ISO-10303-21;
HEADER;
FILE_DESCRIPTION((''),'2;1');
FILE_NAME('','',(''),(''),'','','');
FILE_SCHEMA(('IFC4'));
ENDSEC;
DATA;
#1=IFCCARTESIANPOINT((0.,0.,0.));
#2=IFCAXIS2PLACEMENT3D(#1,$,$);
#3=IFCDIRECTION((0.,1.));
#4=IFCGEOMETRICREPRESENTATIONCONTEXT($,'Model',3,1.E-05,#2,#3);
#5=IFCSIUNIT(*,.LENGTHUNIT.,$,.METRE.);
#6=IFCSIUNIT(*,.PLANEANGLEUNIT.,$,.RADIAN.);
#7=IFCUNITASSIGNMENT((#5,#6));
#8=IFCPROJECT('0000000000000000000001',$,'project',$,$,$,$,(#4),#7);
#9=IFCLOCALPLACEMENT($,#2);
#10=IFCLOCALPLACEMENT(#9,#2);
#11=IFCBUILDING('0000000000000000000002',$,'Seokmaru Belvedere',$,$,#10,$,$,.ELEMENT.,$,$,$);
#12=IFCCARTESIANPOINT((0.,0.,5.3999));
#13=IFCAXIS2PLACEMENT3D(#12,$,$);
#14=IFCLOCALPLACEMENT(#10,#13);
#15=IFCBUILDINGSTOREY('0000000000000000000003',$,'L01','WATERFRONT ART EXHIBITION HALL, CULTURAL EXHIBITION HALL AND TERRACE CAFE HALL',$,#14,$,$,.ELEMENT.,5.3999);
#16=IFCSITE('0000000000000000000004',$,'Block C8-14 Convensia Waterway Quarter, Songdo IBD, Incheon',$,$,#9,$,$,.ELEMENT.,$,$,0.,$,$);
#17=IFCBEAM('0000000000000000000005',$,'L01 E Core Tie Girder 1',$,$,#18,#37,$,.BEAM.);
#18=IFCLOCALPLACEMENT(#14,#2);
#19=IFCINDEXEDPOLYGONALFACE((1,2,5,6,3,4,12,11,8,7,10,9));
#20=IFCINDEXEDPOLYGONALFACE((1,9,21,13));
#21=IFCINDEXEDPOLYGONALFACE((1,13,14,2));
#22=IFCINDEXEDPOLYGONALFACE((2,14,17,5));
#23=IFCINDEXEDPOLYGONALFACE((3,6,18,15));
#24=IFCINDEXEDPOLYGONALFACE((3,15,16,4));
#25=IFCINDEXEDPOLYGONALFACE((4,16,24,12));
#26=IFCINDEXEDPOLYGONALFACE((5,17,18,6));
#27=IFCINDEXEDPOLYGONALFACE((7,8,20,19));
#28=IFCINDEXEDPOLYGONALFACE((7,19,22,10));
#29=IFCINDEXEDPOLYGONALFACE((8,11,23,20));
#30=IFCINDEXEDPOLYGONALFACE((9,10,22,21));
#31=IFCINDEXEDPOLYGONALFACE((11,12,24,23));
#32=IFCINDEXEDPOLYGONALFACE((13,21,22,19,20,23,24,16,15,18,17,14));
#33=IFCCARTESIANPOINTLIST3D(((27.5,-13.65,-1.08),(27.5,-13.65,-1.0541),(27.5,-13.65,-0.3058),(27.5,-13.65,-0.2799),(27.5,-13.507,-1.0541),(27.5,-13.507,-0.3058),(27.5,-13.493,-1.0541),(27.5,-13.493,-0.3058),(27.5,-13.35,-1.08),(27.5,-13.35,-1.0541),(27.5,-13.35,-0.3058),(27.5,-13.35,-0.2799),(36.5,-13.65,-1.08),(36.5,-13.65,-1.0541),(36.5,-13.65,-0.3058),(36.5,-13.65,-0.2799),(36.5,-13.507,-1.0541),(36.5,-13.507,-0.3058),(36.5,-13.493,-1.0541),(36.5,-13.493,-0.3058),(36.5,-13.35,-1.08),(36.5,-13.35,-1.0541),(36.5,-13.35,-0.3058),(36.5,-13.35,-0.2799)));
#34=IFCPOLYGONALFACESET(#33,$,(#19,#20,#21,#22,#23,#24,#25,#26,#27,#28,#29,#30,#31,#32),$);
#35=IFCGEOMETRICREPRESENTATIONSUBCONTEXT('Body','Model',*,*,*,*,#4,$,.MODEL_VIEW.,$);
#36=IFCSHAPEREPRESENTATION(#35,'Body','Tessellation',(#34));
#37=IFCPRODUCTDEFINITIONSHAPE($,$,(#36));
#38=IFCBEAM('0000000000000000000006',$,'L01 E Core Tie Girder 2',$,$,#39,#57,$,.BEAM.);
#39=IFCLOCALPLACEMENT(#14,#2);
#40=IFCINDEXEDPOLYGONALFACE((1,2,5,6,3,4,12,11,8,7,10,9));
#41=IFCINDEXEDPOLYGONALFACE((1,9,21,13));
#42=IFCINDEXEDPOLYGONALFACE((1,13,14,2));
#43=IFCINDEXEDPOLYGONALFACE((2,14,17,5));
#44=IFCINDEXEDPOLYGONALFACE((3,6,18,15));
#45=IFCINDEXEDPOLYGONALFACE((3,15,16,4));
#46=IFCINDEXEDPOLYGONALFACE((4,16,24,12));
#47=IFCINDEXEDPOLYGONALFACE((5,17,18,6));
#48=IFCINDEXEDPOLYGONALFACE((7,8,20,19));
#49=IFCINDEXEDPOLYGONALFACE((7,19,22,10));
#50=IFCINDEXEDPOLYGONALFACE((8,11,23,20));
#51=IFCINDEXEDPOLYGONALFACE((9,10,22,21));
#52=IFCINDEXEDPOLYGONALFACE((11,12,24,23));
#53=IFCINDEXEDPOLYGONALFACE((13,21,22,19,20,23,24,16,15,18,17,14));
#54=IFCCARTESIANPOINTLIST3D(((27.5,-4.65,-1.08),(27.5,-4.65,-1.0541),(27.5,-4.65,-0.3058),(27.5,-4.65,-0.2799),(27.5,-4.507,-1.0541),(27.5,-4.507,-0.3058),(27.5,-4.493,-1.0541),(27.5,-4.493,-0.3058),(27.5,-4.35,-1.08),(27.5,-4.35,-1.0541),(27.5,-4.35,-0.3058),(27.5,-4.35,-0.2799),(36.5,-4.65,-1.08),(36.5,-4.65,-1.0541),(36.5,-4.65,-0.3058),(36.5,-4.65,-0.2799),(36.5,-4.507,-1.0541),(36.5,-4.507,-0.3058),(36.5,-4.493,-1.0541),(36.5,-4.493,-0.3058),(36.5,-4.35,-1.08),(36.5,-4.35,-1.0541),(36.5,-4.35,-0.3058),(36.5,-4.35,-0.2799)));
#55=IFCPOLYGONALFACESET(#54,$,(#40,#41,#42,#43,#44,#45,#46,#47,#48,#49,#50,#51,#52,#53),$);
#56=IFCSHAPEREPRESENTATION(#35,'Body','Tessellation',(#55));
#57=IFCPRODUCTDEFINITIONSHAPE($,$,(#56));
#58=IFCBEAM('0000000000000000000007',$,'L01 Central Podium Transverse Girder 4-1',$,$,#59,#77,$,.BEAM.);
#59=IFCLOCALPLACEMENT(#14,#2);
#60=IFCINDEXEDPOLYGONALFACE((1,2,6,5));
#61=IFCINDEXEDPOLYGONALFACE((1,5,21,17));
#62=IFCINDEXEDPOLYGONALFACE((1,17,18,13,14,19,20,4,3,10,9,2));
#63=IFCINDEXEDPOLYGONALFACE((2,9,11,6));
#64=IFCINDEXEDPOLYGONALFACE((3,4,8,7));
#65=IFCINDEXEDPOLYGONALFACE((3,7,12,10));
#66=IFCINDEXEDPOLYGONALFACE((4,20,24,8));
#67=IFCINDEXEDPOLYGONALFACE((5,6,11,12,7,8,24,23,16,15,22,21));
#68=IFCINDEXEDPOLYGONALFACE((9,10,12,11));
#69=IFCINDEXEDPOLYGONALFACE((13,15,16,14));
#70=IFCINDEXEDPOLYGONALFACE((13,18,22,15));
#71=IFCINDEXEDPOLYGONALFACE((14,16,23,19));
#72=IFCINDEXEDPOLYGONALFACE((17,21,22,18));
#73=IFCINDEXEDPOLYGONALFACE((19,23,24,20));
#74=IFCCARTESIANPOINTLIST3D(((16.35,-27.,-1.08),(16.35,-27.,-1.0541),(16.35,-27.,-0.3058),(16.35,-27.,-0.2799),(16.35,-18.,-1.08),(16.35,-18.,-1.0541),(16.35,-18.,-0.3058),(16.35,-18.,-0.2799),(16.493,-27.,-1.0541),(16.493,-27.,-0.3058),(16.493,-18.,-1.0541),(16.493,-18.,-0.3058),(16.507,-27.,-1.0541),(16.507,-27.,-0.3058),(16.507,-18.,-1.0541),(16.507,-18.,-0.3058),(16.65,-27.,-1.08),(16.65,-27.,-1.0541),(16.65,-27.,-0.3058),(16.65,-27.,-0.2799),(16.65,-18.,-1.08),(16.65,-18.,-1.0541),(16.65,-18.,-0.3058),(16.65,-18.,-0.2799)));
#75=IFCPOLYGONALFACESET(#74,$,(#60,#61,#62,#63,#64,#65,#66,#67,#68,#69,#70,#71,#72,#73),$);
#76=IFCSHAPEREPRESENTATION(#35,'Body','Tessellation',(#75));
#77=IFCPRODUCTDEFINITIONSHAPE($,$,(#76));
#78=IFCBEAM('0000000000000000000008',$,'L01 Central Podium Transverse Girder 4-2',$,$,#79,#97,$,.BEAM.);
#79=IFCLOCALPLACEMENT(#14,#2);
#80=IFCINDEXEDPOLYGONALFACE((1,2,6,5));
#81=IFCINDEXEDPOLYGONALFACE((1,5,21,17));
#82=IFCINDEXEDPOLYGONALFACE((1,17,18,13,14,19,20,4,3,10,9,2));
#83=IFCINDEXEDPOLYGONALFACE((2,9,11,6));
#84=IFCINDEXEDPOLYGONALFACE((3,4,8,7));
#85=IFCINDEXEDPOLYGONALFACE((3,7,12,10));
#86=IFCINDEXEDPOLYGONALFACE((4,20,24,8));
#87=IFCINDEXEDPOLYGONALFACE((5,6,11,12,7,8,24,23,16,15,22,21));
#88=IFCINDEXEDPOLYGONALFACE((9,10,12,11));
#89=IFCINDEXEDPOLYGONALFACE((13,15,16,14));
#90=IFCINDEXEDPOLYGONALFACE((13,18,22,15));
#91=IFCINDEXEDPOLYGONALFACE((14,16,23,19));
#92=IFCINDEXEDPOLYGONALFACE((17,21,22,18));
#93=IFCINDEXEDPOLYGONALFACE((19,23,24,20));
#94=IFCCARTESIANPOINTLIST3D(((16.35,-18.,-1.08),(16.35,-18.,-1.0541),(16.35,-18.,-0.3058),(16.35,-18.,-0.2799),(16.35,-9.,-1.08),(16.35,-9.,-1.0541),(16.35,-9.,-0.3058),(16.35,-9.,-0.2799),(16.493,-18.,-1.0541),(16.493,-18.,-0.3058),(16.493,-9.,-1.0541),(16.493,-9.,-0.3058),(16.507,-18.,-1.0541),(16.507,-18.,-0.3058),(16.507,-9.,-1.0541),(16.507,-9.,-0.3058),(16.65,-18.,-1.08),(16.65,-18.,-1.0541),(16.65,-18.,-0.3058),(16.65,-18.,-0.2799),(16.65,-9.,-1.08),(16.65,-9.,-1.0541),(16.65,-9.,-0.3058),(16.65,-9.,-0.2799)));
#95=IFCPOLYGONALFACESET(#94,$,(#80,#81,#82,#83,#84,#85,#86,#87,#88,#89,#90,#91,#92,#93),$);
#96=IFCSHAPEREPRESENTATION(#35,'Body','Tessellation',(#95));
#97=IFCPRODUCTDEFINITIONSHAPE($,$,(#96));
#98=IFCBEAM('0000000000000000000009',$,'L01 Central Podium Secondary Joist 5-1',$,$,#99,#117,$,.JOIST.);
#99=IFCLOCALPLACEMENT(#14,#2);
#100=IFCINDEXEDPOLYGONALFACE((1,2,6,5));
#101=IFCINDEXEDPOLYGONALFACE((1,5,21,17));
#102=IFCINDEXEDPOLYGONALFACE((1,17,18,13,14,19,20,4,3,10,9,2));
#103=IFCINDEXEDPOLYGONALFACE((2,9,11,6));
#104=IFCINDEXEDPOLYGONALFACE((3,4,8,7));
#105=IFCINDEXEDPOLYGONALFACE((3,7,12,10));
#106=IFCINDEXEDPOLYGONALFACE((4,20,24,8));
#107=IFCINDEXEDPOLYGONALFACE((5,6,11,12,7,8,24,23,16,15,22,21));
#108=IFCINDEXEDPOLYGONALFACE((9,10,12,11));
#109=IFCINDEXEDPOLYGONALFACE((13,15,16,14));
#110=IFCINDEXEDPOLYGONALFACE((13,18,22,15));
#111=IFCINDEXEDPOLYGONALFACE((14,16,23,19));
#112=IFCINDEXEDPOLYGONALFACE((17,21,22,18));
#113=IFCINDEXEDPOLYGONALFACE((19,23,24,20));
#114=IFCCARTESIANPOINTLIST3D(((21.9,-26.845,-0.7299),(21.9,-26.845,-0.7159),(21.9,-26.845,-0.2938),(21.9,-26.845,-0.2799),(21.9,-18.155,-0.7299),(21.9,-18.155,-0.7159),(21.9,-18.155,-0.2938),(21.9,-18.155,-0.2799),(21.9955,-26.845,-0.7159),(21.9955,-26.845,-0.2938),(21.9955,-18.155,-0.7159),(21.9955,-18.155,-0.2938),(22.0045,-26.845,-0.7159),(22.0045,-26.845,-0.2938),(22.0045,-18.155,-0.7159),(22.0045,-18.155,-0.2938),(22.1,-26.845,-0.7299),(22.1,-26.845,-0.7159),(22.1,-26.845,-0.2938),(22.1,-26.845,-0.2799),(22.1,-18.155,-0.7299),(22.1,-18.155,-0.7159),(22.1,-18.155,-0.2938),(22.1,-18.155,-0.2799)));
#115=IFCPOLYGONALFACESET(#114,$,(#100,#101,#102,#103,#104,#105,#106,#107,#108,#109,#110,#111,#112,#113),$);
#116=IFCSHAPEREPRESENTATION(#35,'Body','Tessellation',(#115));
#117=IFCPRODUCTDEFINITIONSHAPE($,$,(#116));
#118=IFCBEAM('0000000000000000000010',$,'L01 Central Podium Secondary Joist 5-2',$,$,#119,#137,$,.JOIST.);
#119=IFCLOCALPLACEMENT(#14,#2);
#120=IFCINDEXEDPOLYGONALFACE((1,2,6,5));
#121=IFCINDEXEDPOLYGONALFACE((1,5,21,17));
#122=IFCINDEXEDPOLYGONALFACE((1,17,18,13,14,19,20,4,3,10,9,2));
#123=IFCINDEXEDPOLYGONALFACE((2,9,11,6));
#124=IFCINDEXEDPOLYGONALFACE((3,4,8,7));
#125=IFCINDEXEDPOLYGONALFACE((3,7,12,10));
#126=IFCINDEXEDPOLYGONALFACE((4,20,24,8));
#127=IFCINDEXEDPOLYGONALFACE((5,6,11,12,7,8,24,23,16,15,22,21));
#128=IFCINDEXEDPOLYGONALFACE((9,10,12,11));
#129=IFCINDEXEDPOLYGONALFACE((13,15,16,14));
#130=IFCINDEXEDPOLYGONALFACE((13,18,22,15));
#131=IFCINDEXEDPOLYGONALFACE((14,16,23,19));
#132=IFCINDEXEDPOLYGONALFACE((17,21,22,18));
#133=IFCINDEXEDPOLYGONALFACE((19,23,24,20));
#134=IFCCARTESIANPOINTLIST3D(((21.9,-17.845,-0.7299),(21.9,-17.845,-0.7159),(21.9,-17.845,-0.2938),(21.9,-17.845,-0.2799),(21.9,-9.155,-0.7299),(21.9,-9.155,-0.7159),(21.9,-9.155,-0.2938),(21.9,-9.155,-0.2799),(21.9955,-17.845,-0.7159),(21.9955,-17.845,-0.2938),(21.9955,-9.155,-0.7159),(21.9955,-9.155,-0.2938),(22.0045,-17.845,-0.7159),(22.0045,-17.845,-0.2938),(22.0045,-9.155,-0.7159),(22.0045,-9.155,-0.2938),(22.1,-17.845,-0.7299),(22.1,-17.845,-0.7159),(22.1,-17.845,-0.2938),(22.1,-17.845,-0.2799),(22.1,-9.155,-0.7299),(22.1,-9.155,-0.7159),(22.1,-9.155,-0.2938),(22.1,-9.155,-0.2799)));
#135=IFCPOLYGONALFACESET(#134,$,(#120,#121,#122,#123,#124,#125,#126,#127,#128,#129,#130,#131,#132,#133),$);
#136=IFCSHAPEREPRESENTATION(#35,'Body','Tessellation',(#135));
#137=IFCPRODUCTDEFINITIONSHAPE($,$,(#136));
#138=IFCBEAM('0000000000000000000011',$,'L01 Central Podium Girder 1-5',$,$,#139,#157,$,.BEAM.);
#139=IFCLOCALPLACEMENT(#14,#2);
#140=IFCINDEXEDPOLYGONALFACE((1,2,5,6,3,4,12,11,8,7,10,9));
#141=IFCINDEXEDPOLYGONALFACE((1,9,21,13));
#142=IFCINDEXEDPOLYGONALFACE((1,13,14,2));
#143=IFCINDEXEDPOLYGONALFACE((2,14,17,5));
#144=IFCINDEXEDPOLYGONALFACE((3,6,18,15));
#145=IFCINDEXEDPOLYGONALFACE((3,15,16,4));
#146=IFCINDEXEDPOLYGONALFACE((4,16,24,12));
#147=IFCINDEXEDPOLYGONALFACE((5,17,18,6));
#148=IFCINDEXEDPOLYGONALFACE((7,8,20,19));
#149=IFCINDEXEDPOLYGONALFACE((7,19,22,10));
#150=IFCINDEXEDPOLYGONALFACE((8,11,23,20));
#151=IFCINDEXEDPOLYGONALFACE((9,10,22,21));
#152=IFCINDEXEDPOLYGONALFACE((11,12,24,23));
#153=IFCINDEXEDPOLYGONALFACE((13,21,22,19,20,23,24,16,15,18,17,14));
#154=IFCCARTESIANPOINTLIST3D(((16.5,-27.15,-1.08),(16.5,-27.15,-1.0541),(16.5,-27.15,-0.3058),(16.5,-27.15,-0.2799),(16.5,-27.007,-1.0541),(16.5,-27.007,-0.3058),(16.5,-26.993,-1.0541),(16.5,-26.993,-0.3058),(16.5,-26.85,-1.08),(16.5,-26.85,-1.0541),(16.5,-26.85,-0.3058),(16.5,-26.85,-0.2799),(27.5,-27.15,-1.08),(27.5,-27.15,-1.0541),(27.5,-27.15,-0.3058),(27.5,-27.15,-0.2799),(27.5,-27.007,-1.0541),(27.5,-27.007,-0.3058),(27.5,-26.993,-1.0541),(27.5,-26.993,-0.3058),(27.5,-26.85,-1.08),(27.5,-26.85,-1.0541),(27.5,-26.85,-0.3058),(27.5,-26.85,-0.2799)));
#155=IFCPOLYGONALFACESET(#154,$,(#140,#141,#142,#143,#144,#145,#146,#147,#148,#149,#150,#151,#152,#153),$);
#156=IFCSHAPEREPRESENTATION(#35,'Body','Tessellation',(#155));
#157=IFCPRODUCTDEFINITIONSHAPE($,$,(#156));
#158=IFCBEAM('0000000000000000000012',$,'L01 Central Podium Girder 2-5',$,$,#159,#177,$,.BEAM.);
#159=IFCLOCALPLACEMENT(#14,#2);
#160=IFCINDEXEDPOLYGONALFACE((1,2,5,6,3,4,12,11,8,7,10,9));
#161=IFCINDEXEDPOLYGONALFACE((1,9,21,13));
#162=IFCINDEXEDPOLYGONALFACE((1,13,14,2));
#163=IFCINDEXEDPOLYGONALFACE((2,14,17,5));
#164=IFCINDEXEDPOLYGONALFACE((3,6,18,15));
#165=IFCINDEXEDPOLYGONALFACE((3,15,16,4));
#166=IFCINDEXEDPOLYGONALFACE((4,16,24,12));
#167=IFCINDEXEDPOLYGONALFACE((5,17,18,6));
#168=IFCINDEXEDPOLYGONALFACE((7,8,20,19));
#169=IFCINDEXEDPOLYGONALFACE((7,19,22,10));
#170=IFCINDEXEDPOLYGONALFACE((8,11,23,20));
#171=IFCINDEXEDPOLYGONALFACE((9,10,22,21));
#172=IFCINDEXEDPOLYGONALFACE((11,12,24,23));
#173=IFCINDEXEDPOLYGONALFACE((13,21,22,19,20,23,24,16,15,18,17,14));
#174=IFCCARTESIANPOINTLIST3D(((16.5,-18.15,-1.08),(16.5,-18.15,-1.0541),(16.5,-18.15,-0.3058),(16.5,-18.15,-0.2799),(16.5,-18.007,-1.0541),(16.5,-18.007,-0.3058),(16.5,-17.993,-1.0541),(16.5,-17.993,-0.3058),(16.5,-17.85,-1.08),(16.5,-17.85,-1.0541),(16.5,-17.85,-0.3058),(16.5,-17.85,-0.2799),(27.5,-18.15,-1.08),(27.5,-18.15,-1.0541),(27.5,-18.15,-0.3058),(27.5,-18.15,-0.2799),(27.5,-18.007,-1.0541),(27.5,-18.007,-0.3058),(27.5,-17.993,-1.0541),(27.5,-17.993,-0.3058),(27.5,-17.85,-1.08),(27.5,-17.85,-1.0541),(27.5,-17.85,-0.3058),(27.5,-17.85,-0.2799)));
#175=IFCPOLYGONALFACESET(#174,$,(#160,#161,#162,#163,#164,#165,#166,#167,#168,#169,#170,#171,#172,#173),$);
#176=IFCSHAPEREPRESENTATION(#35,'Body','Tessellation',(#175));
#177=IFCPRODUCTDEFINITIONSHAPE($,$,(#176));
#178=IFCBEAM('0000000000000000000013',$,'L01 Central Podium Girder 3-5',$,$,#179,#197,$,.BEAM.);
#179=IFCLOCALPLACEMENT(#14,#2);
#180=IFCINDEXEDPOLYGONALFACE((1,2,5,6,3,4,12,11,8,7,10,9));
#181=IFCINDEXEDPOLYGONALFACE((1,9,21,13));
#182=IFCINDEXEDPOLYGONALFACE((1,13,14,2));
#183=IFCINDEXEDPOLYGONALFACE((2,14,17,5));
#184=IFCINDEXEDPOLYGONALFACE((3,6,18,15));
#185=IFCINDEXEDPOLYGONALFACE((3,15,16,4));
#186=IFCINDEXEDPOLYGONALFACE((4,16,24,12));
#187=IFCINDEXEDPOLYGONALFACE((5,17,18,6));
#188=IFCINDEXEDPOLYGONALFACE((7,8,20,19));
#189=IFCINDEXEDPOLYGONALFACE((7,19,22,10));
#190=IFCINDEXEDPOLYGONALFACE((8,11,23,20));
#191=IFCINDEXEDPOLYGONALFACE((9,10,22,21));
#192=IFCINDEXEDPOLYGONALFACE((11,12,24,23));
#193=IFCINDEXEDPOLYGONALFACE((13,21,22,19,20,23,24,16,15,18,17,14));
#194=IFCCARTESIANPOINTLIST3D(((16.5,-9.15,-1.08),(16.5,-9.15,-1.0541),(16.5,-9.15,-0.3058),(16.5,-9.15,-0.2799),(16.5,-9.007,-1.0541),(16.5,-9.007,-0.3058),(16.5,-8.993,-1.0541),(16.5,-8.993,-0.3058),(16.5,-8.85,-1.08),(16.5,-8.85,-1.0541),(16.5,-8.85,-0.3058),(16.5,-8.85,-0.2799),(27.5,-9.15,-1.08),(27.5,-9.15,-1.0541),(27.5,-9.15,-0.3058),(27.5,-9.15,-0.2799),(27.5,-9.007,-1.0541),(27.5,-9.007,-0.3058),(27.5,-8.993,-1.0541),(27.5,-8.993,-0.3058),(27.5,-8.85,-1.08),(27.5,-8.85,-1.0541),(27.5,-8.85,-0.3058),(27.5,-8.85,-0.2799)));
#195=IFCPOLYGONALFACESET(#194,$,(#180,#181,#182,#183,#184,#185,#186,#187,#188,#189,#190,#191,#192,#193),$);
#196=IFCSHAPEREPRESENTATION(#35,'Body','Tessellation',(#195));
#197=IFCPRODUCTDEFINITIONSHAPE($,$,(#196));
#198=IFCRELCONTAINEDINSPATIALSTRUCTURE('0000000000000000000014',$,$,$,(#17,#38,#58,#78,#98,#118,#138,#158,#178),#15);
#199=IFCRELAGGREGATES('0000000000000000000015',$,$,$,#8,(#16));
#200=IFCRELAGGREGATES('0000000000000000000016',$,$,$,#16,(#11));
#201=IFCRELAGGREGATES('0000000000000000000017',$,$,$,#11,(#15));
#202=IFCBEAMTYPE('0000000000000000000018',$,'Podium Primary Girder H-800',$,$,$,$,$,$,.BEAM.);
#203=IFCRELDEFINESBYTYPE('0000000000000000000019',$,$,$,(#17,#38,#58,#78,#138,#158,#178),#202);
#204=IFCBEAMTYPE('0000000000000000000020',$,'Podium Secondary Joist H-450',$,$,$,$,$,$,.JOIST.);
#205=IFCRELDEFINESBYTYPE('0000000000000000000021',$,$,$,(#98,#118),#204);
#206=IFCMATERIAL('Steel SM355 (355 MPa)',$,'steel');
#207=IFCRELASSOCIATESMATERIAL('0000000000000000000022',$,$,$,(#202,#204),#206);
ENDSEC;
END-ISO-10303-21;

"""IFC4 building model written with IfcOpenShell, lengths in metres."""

from ifc_helpers import new_model, si_unit, direction, frame, origin, origin_2d, place, context, subcontext, project, spatial, i_section, extrude, source, transform, mapped, material, material_profile, profile_set, type_object, type_shapes, element, save


model = new_model("IFC4")

# Units and contexts
model_context = context("Model", 3, precision=1e-05, world=origin(), true_north=direction((0.0, 1.0)))
body_context = subcontext(model_context, "Body", "Model", "MODEL_VIEW")
ifc_project = project(units=[si_unit("LENGTHUNIT", "METRE"), si_unit("PLANEANGLEUNIT", "RADIAN")], contexts=[model_context])

# Site, building, storey
site_placement = place(None, origin())
site = spatial("IfcSite", under=ifc_project, at=site_placement, Name="Block C8-14 Convensia Waterway Quarter, Songdo IBD, Incheon", CompositionType="ELEMENT", RefElevation=0.0)
building_placement = place(site_placement, origin())
building = spatial("IfcBuilding", under=site, at=building_placement, Name="Seokmaru Belvedere", CompositionType="ELEMENT")
storey_placement = place(building_placement, frame((0.0, 0.0, 5.3999)))
storey = spatial("IfcBuildingStorey", under=building, at=storey_placement, Name="L01", Description="WATERFRONT ART EXHIBITION HALL, CULTURAL EXHIBITION HALL AND TERRACE CAFE HALL", CompositionType="ELEMENT", Elevation=5.3999)

# Shared definitions
ifc_material_1 = material(Name="Steel SM355 (355 MPa)", Category="steel")

# Beams
ifc_material_profile_1 = material_profile(ifc_material_1, i_section(OverallWidth=0.3, OverallDepth=0.8, WebThickness=0.0139, FlangeThickness=0.0259, at=origin_2d()), Name="H-800x300x14x26")
ifc_profile_set_1 = profile_set([ifc_material_profile_1], Name="Steel SM355 (355 MPa)")
beam_type_1 = type_object("IfcBeamType", Name="Podium Primary Girder H-800", PredefinedType="BEAM", material=ifc_profile_set_1)
shared_shape_1 = source(origin(), body_context, "Body", "SweptSolid", [
    extrude(i_section(OverallWidth=0.3, OverallDepth=0.8, WebThickness=0.0139, FlangeThickness=0.0259, at=origin_2d()), origin(), (0.0, 0.0, 1.0), 9.0),
])
for number, where, z_axis, x_axis, name in (
    (1, (27.5, -13.5, -0.6799), (1.0, 0.0, 0.0), (0.0, 1.0, 0.0), "L01 E Core Tie Girder 1"),
    (2, (27.5, -4.5, -0.6799), (1.0, 0.0, 0.0), (0.0, 1.0, 0.0), "L01 E Core Tie Girder 2"),
    (3, (16.5, -27.0, -0.6799), (0.0, 1.0, 0.0), (-1.0, 0.0, 0.0), "L01 Central Podium Transverse Girder 4-1"),
    (4, (16.5, -18.0, -0.6799), (0.0, 1.0, 0.0), (-1.0, 0.0, 0.0), "L01 Central Podium Transverse Girder 4-2"),
):
    element("IfcBeam", number, at=place(storey_placement, frame(where, z_axis=z_axis, x_axis=x_axis)), inside=storey, type_object=beam_type_1, Name=name, PredefinedType="BEAM", context=body_context, shape_type="MappedRepresentation", body=[
        mapped(shared_shape_1, transform((0.0, 0.0, 0.0), scale=1.0)),
    ])
ifc_material_profile_2 = material_profile(ifc_material_1, i_section(OverallWidth=0.2, OverallDepth=0.45, WebThickness=0.009, FlangeThickness=0.0139, at=origin_2d()), Name="H-450x200x9x14")
ifc_profile_set_2 = profile_set([ifc_material_profile_2], Name="Steel SM355 (355 MPa)")
beam_type_2 = type_object("IfcBeamType", Name="Podium Secondary Joist H-450", PredefinedType="JOIST", material=ifc_profile_set_2)
shared_shape_2 = source(origin(), body_context, "Body", "SweptSolid", [
    extrude(i_section(OverallWidth=0.2, OverallDepth=0.45, WebThickness=0.009, FlangeThickness=0.0139, at=origin_2d()), origin(), (0.0, 0.0, 1.0), 8.6899),
])
type_shapes(beam_type_2, [shared_shape_2])
for number, where, z_axis, x_axis, name in (
    (5, (22.0, -26.845, -0.5049), (0.0, 1.0, 0.0), (-1.0, 0.0, 0.0), "L01 Central Podium Secondary Joist 5-1"),
    (6, (22.0, -17.845, -0.5049), (0.0, 1.0, 0.0), (-1.0, 0.0, 0.0), "L01 Central Podium Secondary Joist 5-2"),
):
    element("IfcBeam", number, at=place(storey_placement, frame(where, z_axis=z_axis, x_axis=x_axis)), inside=storey, type_object=beam_type_2, Name=name, PredefinedType="JOIST", context=body_context, shape_type="MappedRepresentation", body=[
        mapped(shared_shape_2, transform((0.0, 0.0, 0.0), scale=1.0)),
    ])
shared_shape_3 = source(origin(), body_context, "Body", "SweptSolid", [
    extrude(i_section(OverallWidth=0.3, OverallDepth=0.8, WebThickness=0.0139, FlangeThickness=0.0259, at=origin_2d()), origin(), (0.0, 0.0, 1.0), 11.0),
])
type_shapes(beam_type_1, [shared_shape_1, shared_shape_3])
for number, where, z_axis, x_axis, name in (
    (7, (16.5, -27.0, -0.6799), (1.0, 0.0, 0.0), (0.0, 1.0, 0.0), "L01 Central Podium Girder 1-5"),
    (8, (16.5, -18.0, -0.6799), (1.0, 0.0, 0.0), (0.0, 1.0, 0.0), "L01 Central Podium Girder 2-5"),
    (9, (16.5, -9.0, -0.6799), (1.0, 0.0, 0.0), (0.0, 1.0, 0.0), "L01 Central Podium Girder 3-5"),
):
    element("IfcBeam", number, at=place(storey_placement, frame(where, z_axis=z_axis, x_axis=x_axis)), inside=storey, type_object=beam_type_1, Name=name, PredefinedType="BEAM", context=body_context, shape_type="MappedRepresentation", body=[
        mapped(shared_shape_3, transform((0.0, 0.0, 0.0), scale=1.0)),
    ])

save(model, "model.ifc")
